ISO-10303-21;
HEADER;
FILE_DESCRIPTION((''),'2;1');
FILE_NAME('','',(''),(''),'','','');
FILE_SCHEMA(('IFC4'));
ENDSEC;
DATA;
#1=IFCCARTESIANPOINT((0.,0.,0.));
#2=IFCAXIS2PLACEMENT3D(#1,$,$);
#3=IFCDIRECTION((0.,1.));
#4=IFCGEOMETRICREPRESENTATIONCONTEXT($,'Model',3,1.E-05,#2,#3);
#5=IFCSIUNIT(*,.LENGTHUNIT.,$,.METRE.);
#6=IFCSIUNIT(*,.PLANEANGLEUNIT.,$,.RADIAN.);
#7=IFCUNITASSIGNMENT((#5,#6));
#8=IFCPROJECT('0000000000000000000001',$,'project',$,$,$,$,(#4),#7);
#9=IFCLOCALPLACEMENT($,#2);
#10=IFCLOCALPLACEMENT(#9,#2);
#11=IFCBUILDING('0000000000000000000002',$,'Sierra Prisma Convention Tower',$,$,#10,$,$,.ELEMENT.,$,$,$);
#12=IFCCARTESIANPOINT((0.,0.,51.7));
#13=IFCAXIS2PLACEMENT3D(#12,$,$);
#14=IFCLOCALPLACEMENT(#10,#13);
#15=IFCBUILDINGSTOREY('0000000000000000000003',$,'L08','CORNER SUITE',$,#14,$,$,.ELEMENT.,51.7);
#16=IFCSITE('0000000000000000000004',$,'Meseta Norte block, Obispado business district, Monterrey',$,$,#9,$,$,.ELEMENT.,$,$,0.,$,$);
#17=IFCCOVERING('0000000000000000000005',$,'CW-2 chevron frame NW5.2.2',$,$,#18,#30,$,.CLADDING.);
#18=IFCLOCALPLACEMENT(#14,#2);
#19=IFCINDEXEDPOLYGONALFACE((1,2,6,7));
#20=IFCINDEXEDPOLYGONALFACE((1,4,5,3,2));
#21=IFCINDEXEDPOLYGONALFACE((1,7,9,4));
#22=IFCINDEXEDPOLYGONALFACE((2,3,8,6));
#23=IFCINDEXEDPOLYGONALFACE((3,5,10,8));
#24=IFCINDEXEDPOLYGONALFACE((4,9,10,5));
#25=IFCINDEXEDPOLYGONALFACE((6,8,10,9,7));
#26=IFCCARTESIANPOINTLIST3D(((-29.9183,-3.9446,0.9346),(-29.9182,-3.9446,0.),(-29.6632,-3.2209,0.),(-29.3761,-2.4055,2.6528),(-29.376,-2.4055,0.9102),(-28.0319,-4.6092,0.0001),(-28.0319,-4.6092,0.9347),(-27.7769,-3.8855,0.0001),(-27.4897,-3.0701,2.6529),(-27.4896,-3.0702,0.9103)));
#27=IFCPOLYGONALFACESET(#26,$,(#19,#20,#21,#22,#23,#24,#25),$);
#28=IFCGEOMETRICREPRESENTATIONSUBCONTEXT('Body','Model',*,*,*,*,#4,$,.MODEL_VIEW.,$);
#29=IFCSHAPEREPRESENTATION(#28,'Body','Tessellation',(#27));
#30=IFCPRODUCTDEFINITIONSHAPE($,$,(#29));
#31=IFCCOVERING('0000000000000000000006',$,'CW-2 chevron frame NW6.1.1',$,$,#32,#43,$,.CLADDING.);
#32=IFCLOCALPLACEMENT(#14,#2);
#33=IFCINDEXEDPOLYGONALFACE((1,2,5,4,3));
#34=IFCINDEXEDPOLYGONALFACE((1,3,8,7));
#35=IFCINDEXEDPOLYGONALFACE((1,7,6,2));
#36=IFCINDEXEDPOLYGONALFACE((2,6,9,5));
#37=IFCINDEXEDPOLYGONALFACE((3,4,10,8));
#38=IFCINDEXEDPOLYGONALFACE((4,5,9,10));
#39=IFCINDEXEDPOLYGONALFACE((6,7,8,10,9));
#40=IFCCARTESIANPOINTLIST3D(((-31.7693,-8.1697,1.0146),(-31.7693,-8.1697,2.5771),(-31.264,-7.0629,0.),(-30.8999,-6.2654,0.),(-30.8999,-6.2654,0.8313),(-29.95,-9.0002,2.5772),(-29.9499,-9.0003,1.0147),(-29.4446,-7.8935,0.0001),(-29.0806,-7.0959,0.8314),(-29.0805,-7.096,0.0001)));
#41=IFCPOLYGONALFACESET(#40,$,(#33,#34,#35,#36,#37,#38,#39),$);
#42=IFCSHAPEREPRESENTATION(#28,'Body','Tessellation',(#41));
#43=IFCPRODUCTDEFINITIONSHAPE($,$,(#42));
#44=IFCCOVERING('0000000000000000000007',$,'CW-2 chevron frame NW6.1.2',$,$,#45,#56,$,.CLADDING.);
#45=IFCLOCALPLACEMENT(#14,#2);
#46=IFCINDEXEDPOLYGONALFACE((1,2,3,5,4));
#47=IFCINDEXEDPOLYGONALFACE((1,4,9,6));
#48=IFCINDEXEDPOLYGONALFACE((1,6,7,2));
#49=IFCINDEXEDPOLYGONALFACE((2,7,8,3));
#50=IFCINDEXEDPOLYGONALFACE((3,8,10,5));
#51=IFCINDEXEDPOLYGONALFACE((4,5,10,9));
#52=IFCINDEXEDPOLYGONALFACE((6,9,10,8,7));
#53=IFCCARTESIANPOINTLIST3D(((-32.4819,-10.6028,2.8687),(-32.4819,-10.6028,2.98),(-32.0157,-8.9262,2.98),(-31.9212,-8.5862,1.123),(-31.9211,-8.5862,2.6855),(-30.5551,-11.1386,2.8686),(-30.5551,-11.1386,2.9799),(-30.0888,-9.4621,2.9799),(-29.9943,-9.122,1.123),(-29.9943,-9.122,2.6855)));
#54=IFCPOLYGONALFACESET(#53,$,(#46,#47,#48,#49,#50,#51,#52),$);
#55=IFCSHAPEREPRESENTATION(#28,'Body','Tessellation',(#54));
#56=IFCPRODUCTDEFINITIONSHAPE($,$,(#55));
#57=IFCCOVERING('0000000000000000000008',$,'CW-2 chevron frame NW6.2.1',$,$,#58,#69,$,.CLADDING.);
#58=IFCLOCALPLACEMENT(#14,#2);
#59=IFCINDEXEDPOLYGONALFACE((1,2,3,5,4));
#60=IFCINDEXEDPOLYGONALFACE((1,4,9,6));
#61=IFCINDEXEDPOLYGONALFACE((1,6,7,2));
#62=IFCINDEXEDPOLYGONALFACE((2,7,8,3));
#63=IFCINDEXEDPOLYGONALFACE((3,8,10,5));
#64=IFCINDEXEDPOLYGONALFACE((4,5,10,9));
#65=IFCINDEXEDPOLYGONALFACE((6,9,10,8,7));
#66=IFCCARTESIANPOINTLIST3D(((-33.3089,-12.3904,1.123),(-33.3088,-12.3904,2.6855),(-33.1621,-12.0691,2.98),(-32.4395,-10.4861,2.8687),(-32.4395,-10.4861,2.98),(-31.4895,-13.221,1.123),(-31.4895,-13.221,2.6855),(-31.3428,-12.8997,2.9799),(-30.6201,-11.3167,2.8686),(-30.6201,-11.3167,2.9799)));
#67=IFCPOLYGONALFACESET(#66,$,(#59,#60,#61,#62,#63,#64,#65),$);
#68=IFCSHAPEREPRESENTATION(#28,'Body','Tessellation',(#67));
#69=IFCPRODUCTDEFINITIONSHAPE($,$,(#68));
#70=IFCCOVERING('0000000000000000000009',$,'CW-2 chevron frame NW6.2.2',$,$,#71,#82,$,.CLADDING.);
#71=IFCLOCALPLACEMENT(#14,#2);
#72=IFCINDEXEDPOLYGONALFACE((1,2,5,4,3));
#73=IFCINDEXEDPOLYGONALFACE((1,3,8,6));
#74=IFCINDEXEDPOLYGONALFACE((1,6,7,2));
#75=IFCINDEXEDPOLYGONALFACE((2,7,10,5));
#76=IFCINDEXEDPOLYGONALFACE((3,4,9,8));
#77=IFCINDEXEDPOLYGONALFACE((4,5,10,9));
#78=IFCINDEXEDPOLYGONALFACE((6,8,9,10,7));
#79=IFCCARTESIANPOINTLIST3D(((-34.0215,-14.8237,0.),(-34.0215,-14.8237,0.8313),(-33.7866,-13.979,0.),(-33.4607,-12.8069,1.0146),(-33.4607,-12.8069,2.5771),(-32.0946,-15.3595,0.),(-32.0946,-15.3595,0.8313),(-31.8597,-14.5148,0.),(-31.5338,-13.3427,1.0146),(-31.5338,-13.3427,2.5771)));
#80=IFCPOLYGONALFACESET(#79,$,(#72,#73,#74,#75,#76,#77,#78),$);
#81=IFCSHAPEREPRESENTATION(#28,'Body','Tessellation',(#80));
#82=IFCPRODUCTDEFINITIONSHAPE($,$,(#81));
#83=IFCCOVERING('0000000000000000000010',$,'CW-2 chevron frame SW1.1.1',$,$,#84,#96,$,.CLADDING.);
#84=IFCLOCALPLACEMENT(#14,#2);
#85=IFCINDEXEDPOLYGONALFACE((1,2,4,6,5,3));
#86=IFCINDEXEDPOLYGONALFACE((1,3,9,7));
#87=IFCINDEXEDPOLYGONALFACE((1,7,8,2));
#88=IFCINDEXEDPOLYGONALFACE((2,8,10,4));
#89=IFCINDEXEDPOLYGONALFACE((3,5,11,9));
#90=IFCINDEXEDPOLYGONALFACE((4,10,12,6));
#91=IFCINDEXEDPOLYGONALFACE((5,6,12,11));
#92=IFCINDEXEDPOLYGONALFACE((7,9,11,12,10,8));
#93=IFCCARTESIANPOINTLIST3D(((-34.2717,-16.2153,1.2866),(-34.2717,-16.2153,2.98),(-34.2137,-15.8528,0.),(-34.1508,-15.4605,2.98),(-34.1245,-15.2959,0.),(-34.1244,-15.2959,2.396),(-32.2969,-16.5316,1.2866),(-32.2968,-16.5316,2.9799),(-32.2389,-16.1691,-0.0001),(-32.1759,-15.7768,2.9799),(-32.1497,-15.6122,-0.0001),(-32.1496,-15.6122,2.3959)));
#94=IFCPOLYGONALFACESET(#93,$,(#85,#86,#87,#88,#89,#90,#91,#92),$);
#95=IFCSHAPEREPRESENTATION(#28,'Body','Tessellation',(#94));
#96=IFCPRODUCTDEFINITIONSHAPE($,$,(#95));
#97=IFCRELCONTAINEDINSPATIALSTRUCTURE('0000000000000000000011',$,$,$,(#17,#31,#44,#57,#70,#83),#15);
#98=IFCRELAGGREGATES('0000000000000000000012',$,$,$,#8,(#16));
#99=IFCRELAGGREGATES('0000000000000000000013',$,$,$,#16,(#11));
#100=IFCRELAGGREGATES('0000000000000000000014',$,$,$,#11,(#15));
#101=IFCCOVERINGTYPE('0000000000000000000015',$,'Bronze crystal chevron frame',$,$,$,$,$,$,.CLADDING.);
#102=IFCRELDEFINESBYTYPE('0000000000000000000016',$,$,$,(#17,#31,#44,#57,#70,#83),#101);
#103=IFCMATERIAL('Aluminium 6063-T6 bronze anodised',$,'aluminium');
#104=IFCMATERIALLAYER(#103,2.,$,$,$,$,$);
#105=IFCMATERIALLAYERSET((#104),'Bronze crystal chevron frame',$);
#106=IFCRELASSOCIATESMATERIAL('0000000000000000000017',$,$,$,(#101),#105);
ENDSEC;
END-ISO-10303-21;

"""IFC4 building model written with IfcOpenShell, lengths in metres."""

from ifc_helpers import new_model, si_unit, direction, frame, origin, place, context, subcontext, project, spatial, polyline, outline, extrude, material, layer, layer_set, type_object, element, save


model = new_model("IFC4")

# Units and contexts
model_context = context("Model", 3, precision=1e-05, world=origin(), true_north=direction((0.0, 1.0)))
body_context = subcontext(model_context, "Body", "Model", "MODEL_VIEW")
ifc_project = project(units=[si_unit("LENGTHUNIT", "METRE"), si_unit("PLANEANGLEUNIT", "RADIAN")], contexts=[model_context])

# Site, building, storey
site_placement = place(None, origin())
site = spatial("IfcSite", under=ifc_project, at=site_placement, Name="Meseta Norte block, Obispado business district, Monterrey", CompositionType="ELEMENT", RefElevation=0.0)
building_placement = place(site_placement, origin())
building = spatial("IfcBuilding", under=site, at=building_placement, Name="Sierra Prisma Convention Tower", CompositionType="ELEMENT")
storey_placement = place(building_placement, frame((0.0, 0.0, 51.7)))
storey = spatial("IfcBuildingStorey", under=building, at=storey_placement, Name="L08", Description="CORNER SUITE", CompositionType="ELEMENT", Elevation=51.7)

# Coverings
ifc_material_1 = material(Name="Aluminium 6063-T6 bronze anodised", Category="aluminium")
ifc_layer_1 = layer(ifc_material_1, 2.0)
ifc_layer_set_1 = layer_set([ifc_layer_1], Name="Bronze crystal chevron frame")
covering_type = type_object("IfcCoveringType", Name="Bronze crystal chevron frame", PredefinedType="CLADDING", material=ifc_layer_set_1)
covering_1_placement = place(storey_placement, frame((-29.9182, -3.9446, 0.0), z_axis=(-0.943165, 0.332324, -0.000055), x_axis=(-0.000051, 0.000018, 1.0)))
element("IfcCovering", 1, at=covering_1_placement, inside=storey, type_object=covering_type, Name="CW-2 chevron frame NW5.2.2", PredefinedType="CLADDING", context=body_context, shape_type="SweptSolid", body=[
    extrude(outline(polyline([(0.0, 0.0), (0.9346, 0.0), (2.6528, 1.6318), (0.9102, 1.6318), (0.0, 0.7673), (0.0, 0.0)])), origin(), (0.0, 0.0, -1.0), 2.0),
])
covering_2_placement = place(storey_placement, frame((-30.8999, -6.2654, 0.0), z_axis=(-0.90969, 0.415287, -0.00004), x_axis=(-0.415287, -0.90969, 0.0)))
element("IfcCovering", 2, at=covering_2_placement, inside=storey, type_object=covering_type, Name="CW-2 chevron frame NW6.1.1", PredefinedType="CLADDING", context=body_context, shape_type="SweptSolid", body=[
    extrude(outline(polyline([(0.0, 0.0), (0.8767, 0.0), (2.0934, 1.0146), (2.0934, 2.5771), (0.0, 0.8313), (0.0, 0.0)])), origin(), (0.0, 0.0, -1.0), 2.0),
])
covering_3_placement = place(storey_placement, frame((-31.9211, -8.5862, 2.6855), z_axis=(-0.963439, 0.267927, 0.000046), x_axis=(-0.000044, 0.000012, -1.0)))
element("IfcCovering", 3, at=covering_3_placement, inside=storey, type_object=covering_type, Name="CW-2 chevron frame NW6.1.2", PredefinedType="CLADDING", context=body_context, shape_type="SweptSolid", body=[
    extrude(outline(polyline([(0.0, 0.0), (1.5625, 0.0), (-0.1831, 2.0931), (-0.2944, 2.0931), (-0.2944, 0.353), (0.0, 0.0)])), origin(), (0.0, 0.0, -1.0), 2.0),
])
covering_4_placement = place(storey_placement, frame((-32.4395, -10.4861, 2.98), z_axis=(-0.909684, 0.415302, 0.000023), x_axis=(-0.000021, 0.000009, -1.0)))
element("IfcCovering", 4, at=covering_4_placement, inside=storey, type_object=covering_type, Name="CW-2 chevron frame NW6.2.1", PredefinedType="CLADDING", context=body_context, shape_type="SweptSolid", body=[
    extrude(outline(polyline([(0.0, 0.0), (0.1113, 0.0), (1.8569, 2.0934), (0.2944, 2.0934), (0.0, 1.7402), (0.0, 0.0)])), origin(), (0.0, 0.0, -1.0), 2.0),
])
covering_5_placement = place(storey_placement, frame((-34.0215, -14.8237, 0.0), z_axis=(-0.96345, 0.267888, 0.000005), x_axis=(0.000005, -0.000001, 1.0)))
element("IfcCovering", 5, at=covering_5_placement, inside=storey, type_object=covering_type, Name="CW-2 chevron frame NW6.2.2", PredefinedType="CLADDING", context=body_context, shape_type="SweptSolid", body=[
    extrude(outline(polyline([(0.0, 0.0), (0.8313, 0.0), (2.5771, 2.0934), (1.0146, 2.0934), (0.0, 0.8768), (0.0, 0.0)])), origin(), (0.0, 0.0, -1.0), 2.0),
])
covering_6_placement = place(storey_placement, frame((-34.1245, -15.2959, 0.0), z_axis=(-0.987415, 0.158148, 0.000031), x_axis=(-0.158148, -0.987415, 0.0)))
element("IfcCovering", 6, at=covering_6_placement, inside=storey, type_object=covering_type, Name="CW-2 chevron frame SW1.1.1", PredefinedType="CLADDING", context=body_context, shape_type="SweptSolid", body=[
    extrude(outline(polyline([(0.0, 0.0), (0.564, 0.0), (0.9311, 1.2866), (0.9311, 2.98), (0.1666, 2.98), (0.0, 2.396), (0.0, 0.0)])), origin(), (0.0, 0.0, -1.0), 2.0),
])

save(model, "model.ifc")
